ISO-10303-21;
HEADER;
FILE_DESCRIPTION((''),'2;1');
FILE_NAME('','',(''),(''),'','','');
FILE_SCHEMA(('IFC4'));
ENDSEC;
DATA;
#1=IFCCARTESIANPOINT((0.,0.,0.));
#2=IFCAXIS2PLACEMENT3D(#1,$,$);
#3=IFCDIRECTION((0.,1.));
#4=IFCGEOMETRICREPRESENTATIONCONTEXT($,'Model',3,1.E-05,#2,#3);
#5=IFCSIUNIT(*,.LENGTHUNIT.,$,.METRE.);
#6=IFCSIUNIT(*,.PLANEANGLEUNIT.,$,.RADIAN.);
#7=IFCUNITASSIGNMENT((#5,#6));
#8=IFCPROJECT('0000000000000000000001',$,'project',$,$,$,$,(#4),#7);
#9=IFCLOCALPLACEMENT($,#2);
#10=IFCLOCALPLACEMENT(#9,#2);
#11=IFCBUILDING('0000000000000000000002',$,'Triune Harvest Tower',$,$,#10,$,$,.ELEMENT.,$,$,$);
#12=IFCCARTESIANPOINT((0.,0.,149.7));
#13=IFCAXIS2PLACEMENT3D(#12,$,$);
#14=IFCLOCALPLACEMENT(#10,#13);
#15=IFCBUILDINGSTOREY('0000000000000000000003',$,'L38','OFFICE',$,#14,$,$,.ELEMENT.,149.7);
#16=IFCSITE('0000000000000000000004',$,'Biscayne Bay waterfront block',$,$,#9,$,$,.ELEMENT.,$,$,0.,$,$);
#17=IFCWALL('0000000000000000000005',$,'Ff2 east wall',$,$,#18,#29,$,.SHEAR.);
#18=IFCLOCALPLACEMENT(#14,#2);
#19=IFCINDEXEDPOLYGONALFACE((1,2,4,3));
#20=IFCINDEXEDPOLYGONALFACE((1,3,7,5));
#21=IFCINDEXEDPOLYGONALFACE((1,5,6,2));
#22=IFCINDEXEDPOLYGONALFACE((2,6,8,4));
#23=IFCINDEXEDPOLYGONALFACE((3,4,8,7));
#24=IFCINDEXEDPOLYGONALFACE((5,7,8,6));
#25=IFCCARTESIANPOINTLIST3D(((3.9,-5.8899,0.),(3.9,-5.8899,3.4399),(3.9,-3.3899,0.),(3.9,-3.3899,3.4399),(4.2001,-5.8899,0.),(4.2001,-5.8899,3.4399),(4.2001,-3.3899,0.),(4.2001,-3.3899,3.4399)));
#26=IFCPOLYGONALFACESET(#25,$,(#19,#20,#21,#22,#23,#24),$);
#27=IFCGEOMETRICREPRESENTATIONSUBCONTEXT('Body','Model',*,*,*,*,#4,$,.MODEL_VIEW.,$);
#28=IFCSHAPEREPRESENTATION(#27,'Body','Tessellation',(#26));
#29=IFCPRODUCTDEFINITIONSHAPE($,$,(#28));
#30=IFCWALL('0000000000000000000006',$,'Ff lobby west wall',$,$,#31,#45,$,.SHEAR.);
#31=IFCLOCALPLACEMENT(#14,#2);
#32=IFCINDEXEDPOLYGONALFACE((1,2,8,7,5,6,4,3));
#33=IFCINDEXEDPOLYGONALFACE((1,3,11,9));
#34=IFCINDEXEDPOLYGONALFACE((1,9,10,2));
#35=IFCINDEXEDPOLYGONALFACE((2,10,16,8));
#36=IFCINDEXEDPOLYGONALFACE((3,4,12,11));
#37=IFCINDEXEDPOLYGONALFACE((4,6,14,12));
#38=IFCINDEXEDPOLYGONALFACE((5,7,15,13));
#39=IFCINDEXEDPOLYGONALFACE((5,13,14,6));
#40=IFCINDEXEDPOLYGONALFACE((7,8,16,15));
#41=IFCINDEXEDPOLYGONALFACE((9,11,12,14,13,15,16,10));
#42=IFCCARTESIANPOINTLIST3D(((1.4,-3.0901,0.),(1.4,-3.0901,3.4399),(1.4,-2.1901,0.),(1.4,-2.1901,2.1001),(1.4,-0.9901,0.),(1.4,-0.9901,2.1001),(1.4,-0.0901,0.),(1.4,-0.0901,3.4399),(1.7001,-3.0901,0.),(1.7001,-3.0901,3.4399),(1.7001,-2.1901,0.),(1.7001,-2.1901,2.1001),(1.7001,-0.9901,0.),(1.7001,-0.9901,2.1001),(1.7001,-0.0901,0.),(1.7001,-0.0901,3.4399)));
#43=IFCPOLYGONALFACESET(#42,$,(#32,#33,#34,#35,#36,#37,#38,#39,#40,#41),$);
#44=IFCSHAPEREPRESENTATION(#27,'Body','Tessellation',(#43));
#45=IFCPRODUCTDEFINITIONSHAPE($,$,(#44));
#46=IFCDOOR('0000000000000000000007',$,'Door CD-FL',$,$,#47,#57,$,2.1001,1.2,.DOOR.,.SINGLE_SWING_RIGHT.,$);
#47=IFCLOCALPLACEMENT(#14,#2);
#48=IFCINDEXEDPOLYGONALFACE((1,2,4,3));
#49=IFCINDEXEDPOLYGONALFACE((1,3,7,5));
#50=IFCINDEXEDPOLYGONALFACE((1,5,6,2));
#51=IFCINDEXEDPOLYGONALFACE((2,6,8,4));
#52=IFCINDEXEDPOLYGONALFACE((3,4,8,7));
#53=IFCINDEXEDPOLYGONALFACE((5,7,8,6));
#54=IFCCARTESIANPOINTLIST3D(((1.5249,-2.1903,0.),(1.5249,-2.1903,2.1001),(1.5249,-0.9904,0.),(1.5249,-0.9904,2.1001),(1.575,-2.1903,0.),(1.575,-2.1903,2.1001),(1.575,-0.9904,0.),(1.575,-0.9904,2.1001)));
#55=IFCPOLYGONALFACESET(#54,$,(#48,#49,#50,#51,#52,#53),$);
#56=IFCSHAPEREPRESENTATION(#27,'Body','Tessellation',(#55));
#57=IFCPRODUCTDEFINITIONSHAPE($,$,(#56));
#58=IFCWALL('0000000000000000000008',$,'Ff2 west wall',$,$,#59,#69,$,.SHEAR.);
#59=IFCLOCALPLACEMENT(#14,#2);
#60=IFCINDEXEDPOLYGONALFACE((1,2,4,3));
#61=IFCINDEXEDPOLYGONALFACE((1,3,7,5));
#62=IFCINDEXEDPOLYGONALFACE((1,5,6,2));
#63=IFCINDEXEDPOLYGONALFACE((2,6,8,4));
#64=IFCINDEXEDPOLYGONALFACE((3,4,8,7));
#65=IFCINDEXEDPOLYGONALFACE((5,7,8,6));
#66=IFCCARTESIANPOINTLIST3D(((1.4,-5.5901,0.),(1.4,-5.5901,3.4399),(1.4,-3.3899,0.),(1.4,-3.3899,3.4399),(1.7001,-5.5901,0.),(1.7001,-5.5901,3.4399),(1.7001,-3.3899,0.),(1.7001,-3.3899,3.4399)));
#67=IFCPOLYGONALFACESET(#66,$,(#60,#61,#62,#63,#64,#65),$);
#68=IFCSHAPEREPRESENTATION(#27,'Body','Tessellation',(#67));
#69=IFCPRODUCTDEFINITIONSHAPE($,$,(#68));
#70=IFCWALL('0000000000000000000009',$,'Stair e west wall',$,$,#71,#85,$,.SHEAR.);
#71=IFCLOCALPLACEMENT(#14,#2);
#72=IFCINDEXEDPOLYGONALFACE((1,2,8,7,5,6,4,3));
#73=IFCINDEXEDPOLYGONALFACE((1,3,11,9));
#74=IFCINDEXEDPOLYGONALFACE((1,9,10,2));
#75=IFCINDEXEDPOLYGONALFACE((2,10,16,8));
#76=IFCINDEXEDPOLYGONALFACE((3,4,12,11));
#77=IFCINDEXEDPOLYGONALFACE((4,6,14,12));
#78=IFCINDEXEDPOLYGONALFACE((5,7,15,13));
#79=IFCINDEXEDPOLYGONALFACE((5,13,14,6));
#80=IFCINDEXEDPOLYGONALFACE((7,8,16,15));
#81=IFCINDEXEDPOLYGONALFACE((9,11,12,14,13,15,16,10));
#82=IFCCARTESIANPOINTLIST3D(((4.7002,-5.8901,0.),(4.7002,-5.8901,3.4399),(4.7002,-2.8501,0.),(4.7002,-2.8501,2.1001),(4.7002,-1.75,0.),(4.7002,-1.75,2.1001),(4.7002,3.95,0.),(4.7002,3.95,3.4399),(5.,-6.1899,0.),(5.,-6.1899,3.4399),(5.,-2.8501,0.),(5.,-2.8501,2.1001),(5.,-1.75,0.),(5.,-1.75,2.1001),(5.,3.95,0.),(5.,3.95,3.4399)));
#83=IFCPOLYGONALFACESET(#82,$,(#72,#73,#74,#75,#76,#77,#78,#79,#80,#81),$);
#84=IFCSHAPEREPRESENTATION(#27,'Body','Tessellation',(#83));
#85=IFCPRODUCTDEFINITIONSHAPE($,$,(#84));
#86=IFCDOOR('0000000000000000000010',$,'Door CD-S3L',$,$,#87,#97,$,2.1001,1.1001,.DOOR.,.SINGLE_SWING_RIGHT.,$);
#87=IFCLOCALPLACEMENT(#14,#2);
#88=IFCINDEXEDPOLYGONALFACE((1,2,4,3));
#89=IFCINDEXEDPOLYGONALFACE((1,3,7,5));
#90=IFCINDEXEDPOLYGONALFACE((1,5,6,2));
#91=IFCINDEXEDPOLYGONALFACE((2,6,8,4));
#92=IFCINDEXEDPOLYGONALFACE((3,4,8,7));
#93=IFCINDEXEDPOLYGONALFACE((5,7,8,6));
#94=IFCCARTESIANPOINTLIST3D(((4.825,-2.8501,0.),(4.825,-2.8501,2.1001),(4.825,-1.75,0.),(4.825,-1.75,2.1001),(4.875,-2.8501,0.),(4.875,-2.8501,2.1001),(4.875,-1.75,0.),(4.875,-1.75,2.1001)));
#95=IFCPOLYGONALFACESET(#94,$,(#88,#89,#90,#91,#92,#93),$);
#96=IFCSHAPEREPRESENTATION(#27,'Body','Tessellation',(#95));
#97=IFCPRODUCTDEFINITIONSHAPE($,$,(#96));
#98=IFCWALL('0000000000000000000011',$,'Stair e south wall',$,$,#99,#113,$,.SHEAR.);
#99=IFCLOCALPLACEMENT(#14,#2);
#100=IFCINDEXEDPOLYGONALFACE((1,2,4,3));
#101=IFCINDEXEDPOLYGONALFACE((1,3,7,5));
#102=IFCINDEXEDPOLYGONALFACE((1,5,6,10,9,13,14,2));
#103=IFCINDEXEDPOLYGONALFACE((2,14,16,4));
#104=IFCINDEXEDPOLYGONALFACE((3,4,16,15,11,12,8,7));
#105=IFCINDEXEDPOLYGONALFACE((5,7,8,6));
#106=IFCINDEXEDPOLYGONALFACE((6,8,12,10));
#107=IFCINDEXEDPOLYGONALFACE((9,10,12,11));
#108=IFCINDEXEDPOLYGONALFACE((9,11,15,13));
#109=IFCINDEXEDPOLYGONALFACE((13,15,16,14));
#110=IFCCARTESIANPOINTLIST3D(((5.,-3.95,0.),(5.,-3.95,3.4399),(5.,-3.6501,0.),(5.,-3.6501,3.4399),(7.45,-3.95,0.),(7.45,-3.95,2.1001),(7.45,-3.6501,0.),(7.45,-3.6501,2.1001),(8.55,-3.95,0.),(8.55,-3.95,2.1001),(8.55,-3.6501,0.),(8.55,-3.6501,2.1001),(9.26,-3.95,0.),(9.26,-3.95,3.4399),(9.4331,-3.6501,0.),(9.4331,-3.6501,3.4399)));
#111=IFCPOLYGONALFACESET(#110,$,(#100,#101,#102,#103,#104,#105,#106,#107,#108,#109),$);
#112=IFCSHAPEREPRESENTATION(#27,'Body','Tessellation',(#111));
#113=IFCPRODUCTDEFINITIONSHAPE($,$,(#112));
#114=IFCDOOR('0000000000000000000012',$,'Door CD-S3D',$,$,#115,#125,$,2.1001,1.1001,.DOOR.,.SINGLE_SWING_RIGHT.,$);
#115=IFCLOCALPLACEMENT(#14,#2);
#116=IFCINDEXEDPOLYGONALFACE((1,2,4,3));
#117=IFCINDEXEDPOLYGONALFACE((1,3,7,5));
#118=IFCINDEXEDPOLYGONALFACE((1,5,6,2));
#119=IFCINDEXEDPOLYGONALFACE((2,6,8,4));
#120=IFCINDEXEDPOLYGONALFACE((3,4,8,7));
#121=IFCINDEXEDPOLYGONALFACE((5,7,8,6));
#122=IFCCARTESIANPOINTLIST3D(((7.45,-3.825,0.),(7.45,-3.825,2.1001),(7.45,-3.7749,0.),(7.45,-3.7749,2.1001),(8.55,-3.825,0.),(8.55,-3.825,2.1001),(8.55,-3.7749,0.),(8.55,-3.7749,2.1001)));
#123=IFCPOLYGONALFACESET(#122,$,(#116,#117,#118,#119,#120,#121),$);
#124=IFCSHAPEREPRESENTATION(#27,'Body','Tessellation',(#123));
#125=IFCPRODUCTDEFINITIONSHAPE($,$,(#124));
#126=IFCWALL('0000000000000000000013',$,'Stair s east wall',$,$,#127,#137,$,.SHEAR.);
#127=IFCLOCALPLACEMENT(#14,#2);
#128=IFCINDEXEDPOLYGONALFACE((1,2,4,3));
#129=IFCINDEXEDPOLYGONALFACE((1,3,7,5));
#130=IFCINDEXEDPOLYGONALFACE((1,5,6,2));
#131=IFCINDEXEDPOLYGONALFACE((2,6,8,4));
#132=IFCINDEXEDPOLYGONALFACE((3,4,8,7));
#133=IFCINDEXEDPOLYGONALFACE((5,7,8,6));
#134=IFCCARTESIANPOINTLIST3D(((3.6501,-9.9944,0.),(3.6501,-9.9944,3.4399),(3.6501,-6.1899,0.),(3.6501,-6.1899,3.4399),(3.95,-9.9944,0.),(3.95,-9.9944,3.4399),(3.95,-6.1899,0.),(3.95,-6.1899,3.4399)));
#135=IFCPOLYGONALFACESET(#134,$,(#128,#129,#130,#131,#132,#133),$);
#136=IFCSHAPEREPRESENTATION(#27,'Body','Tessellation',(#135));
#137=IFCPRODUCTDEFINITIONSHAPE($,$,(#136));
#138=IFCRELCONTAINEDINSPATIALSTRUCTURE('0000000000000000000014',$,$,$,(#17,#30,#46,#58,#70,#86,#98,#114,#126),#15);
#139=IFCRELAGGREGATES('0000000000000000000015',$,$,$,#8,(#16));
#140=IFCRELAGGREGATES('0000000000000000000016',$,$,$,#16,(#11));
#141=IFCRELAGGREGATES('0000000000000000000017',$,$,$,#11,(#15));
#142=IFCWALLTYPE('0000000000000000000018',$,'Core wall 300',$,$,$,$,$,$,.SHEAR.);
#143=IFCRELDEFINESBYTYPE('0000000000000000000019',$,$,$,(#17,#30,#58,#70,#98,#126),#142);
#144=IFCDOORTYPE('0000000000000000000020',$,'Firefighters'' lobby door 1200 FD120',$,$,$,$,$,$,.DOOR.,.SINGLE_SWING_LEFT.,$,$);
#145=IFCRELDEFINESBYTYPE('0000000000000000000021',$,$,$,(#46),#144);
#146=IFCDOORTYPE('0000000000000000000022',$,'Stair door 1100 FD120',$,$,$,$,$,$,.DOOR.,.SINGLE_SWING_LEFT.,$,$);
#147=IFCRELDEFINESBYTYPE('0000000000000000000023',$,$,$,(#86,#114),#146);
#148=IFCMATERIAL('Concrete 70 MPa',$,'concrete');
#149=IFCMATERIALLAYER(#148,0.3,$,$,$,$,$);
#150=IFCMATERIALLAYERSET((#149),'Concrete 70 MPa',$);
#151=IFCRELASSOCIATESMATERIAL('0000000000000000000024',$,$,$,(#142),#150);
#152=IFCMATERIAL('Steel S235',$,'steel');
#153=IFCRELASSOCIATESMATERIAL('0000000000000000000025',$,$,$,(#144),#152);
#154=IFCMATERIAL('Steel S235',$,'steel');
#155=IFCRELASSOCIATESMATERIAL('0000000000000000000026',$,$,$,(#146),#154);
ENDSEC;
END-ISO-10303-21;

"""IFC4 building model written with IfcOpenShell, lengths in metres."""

from ifc_helpers import new_model, si_unit, direction, frame, frame_2d, origin, place, context, subcontext, project, spatial, polyline, rectangle, outline, extrude, source, transform, mapped, material, layer, layer_set, type_object, element, fill, save


model = new_model("IFC4")

# Units and contexts
model_context = context("Model", 3, precision=1e-05, world=origin(), true_north=direction((0.0, 1.0)))
body_context = subcontext(model_context, "Body", "Model", "MODEL_VIEW")
ifc_project = project(units=[si_unit("LENGTHUNIT", "METRE"), si_unit("PLANEANGLEUNIT", "RADIAN")], contexts=[model_context])

# Site, building, storey
site_placement = place(None, origin())
site = spatial("IfcSite", under=ifc_project, at=site_placement, Name="Biscayne Bay waterfront block", CompositionType="ELEMENT", RefElevation=0.0)
building_placement = place(site_placement, origin())
building = spatial("IfcBuilding", under=site, at=building_placement, Name="Triune Harvest Tower", CompositionType="ELEMENT")
storey_placement = place(building_placement, frame((0.0, 0.0, 149.7)))
storey = spatial("IfcBuildingStorey", under=building, at=storey_placement, Name="L38", Description="OFFICE", CompositionType="ELEMENT", Elevation=149.7)

# Wall
ifc_material_1 = material(Name="Concrete 70 MPa", Category="concrete")
ifc_layer_1 = layer(ifc_material_1, 0.3)
ifc_layer_set_1 = layer_set([ifc_layer_1], Name="Concrete 70 MPa")
wall_type_1 = type_object("IfcWallType", Name="Core wall 300", PredefinedType="SHEAR", material=ifc_layer_set_1)
shared_shape_1 = source(origin(), body_context, "Body", "SweptSolid", [
    extrude(rectangle(XDim=2.5, YDim=0.3, at=frame_2d((1.25, 0.0))), origin(), (0.0, 0.0, 1.0), 3.4399),
])
wall_1_placement = place(storey_placement, frame((4.05, -5.8899, 0.0), z_axis=(0.0, 0.0, 1.0), x_axis=(0.0, 1.0, 0.0)))
element("IfcWall", 1, at=wall_1_placement, inside=storey, type_object=wall_type_1, Name="Ff2 east wall", PredefinedType="SHEAR", context=body_context, shape_type="MappedRepresentation", body=[
    mapped(shared_shape_1, transform((0.0, 0.0, 0.0), scale=1.0)),
])

# Wall, opening, door
shared_shape_2 = source(origin(), body_context, "Body", "SweptSolid", [
    extrude(rectangle(XDim=3.0, YDim=0.3, at=frame_2d((1.5, 0.0))), origin(), (0.0, 0.0, 1.0), 3.4399),
])
wall_2_placement = place(storey_placement, frame((1.55, -3.0901, 0.0), z_axis=(0.0, 0.0, 1.0), x_axis=(0.0, 1.0, 0.0)))
wall_2 = element("IfcWall", 2, at=wall_2_placement, inside=storey, type_object=wall_type_1, Name="Ff lobby west wall", PredefinedType="SHEAR", context=body_context, shape_type="MappedRepresentation", body=[
    mapped(shared_shape_2, transform((0.0, 0.0, 0.0), scale=1.0)),
])
opening_1_placement = place(wall_2_placement, frame((0.8999, 0.0, 0.0)))
opening_1 = element("IfcOpeningElement", 3, at=opening_1_placement, cuts=wall_2, PredefinedType="OPENING", context=body_context, shape_type="SweptSolid", body=[
    extrude(rectangle(XDim=1.2, YDim=2.1001, at=frame_2d((0.6001, 1.05))), frame((0.0, 0.1602, 0.0), z_axis=(0.0, -1.0, 0.0), x_axis=(1.0, 0.0, 0.0)), (0.0, 0.0, 1.0), 0.3201),
])
ifc_material_2 = material(Name="Steel S235", Category="steel")
door_type_1 = type_object("IfcDoorType", Name="Firefighters' lobby door 1200 FD120", OperationType="SINGLE_SWING_LEFT", PredefinedType="DOOR", material=ifc_material_2)
door_1_placement = place(opening_1_placement, frame((1.2, 0.0, 0.0), z_axis=(0.0, 0.0, 1.0), x_axis=(-1.0, 0.0, 0.0)))
door_1 = element("IfcDoor", 4, at=door_1_placement, inside=storey, type_object=door_type_1, Name="Door CD-FL", OperationType="SINGLE_SWING_RIGHT", OverallHeight=2.1001, OverallWidth=1.2, PredefinedType="DOOR", context=body_context, shape_type="SweptSolid", body=[
    extrude(rectangle(XDim=1.2, YDim=2.1001, at=frame_2d((0.6001, 1.05))), frame((0.0, 0.0249, 0.0), z_axis=(0.0, -1.0, 0.0), x_axis=(1.0, 0.0, 0.0)), (0.0, 0.0, 1.0), 0.05),
])
fill(opening_1, door_1)

# Wall
shared_shape_3 = source(origin(), body_context, "Body", "SweptSolid", [
    extrude(rectangle(XDim=2.2002, YDim=0.3, at=frame_2d((1.1001, 0.0))), origin(), (0.0, 0.0, 1.0), 3.4399),
])
wall_3_placement = place(storey_placement, frame((1.55, -5.5901, 0.0), z_axis=(0.0, 0.0, 1.0), x_axis=(0.0, 1.0, 0.0)))
element("IfcWall", 5, at=wall_3_placement, inside=storey, type_object=wall_type_1, Name="Ff2 west wall", PredefinedType="SHEAR", context=body_context, shape_type="MappedRepresentation", body=[
    mapped(shared_shape_3, transform((0.0, 0.0, 0.0), scale=1.0)),
])

# Walls, openings, doors
shared_shape_4 = source(origin(), body_context, "Body", "SweptSolid", [
    extrude(outline(polyline([(-0.1499, -0.1499), (9.99, -0.1499), (9.99, 0.1499), (0.1499, 0.1499), (-0.1499, -0.1499)])), origin(), (0.0, 0.0, 1.0), 3.4399),
])
wall_4_placement = place(storey_placement, frame((4.8501, -6.04, 0.0), z_axis=(0.0, 0.0, 1.0), x_axis=(0.0, 1.0, 0.0)))
wall_4 = element("IfcWall", 6, at=wall_4_placement, inside=storey, type_object=wall_type_1, Name="Stair e west wall", PredefinedType="SHEAR", context=body_context, shape_type="MappedRepresentation", body=[
    mapped(shared_shape_4, transform((0.0, 0.0, 0.0), scale=1.0)),
])
opening_2_placement = place(wall_4_placement, frame((3.1899, 0.0, 0.0)))
opening_2 = element("IfcOpeningElement", 7, at=opening_2_placement, cuts=wall_4, PredefinedType="OPENING", context=body_context, shape_type="SweptSolid", body=[
    extrude(rectangle(XDim=1.1001, YDim=2.1001, at=frame_2d((0.55, 1.05))), frame((0.0, 0.1602, 0.0), z_axis=(0.0, -1.0, 0.0), x_axis=(1.0, 0.0, 0.0)), (0.0, 0.0, 1.0), 0.3201),
])
ifc_material_3 = material(Name="Steel S235", Category="steel")
door_type_2 = type_object("IfcDoorType", Name="Stair door 1100 FD120", OperationType="SINGLE_SWING_LEFT", PredefinedType="DOOR", material=ifc_material_3)
door_2_placement = place(opening_2_placement, frame((1.1001, 0.0, 0.0), z_axis=(0.0, 0.0, 1.0), x_axis=(-1.0, 0.0, 0.0)))
door_2 = element("IfcDoor", 8, at=door_2_placement, inside=storey, type_object=door_type_2, Name="Door CD-S3L", OperationType="SINGLE_SWING_RIGHT", OverallHeight=2.1001, OverallWidth=1.1001, PredefinedType="DOOR", context=body_context, shape_type="SweptSolid", body=[
    extrude(rectangle(XDim=1.1001, YDim=2.1001, at=frame_2d((0.55, 1.05))), frame((0.0, 0.0249, 0.0), z_axis=(0.0, -1.0, 0.0), x_axis=(1.0, 0.0, 0.0)), (0.0, 0.0, 1.0), 0.05),
])
fill(opening_2, door_2)
shared_shape_5 = source(origin(), body_context, "Body", "SweptSolid", [
    extrude(outline(polyline([(0.0, -0.1499), (0.0, 0.1499), (4.4331, 0.1499), (4.26, -0.1499), (0.0, -0.1499)])), origin(), (0.0, 0.0, 1.0), 3.4399),
])
wall_5_placement = place(storey_placement, frame((5.0, -3.8, 0.0), z_axis=(0.0, 0.0, 1.0), x_axis=(1.0, 0.0, 0.0)))
wall_5 = element("IfcWall", 9, at=wall_5_placement, inside=storey, type_object=wall_type_1, Name="Stair e south wall", PredefinedType="SHEAR", context=body_context, shape_type="MappedRepresentation", body=[
    mapped(shared_shape_5, transform((0.0, 0.0, 0.0), scale=1.0)),
])
opening_3_placement = place(wall_5_placement, frame((2.45, 0.0, 0.0)))
opening_3 = element("IfcOpeningElement", 10, at=opening_3_placement, cuts=wall_5, PredefinedType="OPENING", context=body_context, shape_type="SweptSolid", body=[
    extrude(rectangle(XDim=1.1001, YDim=2.1001, at=frame_2d((0.55, 1.05))), frame((0.0, 0.1602, 0.0), z_axis=(0.0, -1.0, 0.0), x_axis=(1.0, 0.0, 0.0)), (0.0, 0.0, 1.0), 0.3201),
])
door_3_placement = place(opening_3_placement, frame((1.1001, 0.0, 0.0), z_axis=(0.0, 0.0, 1.0), x_axis=(-1.0, 0.0, 0.0)))
door_3 = element("IfcDoor", 11, at=door_3_placement, inside=storey, type_object=door_type_2, Name="Door CD-S3D", OperationType="SINGLE_SWING_RIGHT", OverallHeight=2.1001, OverallWidth=1.1001, PredefinedType="DOOR", context=body_context, shape_type="SweptSolid", body=[
    extrude(rectangle(XDim=1.1001, YDim=2.1001, at=frame_2d((0.55, 1.05))), frame((0.0, 0.0249, 0.0), z_axis=(0.0, -1.0, 0.0), x_axis=(1.0, 0.0, 0.0)), (0.0, 0.0, 1.0), 0.05),
])
fill(opening_3, door_3)

# Wall
shared_shape_6 = source(origin(), body_context, "Body", "SweptSolid", [
    extrude(outline(polyline([(3.8, -0.1499), (-0.0044, -0.1499), (-0.0044, 0.1499), (3.8, 0.1499), (3.8, -0.1499)])), origin(), (0.0, 0.0, 1.0), 3.4399),
])
wall_6_placement = place(storey_placement, frame((3.8, -9.99, 0.0), z_axis=(0.0, 0.0, 1.0), x_axis=(0.0, 1.0, 0.0)))
element("IfcWall", 12, at=wall_6_placement, inside=storey, type_object=wall_type_1, Name="Stair s east wall", PredefinedType="SHEAR", context=body_context, shape_type="MappedRepresentation", body=[
    mapped(shared_shape_6, transform((0.0, 0.0, 0.0), scale=1.0)),
])

save(model, "model.ifc")
